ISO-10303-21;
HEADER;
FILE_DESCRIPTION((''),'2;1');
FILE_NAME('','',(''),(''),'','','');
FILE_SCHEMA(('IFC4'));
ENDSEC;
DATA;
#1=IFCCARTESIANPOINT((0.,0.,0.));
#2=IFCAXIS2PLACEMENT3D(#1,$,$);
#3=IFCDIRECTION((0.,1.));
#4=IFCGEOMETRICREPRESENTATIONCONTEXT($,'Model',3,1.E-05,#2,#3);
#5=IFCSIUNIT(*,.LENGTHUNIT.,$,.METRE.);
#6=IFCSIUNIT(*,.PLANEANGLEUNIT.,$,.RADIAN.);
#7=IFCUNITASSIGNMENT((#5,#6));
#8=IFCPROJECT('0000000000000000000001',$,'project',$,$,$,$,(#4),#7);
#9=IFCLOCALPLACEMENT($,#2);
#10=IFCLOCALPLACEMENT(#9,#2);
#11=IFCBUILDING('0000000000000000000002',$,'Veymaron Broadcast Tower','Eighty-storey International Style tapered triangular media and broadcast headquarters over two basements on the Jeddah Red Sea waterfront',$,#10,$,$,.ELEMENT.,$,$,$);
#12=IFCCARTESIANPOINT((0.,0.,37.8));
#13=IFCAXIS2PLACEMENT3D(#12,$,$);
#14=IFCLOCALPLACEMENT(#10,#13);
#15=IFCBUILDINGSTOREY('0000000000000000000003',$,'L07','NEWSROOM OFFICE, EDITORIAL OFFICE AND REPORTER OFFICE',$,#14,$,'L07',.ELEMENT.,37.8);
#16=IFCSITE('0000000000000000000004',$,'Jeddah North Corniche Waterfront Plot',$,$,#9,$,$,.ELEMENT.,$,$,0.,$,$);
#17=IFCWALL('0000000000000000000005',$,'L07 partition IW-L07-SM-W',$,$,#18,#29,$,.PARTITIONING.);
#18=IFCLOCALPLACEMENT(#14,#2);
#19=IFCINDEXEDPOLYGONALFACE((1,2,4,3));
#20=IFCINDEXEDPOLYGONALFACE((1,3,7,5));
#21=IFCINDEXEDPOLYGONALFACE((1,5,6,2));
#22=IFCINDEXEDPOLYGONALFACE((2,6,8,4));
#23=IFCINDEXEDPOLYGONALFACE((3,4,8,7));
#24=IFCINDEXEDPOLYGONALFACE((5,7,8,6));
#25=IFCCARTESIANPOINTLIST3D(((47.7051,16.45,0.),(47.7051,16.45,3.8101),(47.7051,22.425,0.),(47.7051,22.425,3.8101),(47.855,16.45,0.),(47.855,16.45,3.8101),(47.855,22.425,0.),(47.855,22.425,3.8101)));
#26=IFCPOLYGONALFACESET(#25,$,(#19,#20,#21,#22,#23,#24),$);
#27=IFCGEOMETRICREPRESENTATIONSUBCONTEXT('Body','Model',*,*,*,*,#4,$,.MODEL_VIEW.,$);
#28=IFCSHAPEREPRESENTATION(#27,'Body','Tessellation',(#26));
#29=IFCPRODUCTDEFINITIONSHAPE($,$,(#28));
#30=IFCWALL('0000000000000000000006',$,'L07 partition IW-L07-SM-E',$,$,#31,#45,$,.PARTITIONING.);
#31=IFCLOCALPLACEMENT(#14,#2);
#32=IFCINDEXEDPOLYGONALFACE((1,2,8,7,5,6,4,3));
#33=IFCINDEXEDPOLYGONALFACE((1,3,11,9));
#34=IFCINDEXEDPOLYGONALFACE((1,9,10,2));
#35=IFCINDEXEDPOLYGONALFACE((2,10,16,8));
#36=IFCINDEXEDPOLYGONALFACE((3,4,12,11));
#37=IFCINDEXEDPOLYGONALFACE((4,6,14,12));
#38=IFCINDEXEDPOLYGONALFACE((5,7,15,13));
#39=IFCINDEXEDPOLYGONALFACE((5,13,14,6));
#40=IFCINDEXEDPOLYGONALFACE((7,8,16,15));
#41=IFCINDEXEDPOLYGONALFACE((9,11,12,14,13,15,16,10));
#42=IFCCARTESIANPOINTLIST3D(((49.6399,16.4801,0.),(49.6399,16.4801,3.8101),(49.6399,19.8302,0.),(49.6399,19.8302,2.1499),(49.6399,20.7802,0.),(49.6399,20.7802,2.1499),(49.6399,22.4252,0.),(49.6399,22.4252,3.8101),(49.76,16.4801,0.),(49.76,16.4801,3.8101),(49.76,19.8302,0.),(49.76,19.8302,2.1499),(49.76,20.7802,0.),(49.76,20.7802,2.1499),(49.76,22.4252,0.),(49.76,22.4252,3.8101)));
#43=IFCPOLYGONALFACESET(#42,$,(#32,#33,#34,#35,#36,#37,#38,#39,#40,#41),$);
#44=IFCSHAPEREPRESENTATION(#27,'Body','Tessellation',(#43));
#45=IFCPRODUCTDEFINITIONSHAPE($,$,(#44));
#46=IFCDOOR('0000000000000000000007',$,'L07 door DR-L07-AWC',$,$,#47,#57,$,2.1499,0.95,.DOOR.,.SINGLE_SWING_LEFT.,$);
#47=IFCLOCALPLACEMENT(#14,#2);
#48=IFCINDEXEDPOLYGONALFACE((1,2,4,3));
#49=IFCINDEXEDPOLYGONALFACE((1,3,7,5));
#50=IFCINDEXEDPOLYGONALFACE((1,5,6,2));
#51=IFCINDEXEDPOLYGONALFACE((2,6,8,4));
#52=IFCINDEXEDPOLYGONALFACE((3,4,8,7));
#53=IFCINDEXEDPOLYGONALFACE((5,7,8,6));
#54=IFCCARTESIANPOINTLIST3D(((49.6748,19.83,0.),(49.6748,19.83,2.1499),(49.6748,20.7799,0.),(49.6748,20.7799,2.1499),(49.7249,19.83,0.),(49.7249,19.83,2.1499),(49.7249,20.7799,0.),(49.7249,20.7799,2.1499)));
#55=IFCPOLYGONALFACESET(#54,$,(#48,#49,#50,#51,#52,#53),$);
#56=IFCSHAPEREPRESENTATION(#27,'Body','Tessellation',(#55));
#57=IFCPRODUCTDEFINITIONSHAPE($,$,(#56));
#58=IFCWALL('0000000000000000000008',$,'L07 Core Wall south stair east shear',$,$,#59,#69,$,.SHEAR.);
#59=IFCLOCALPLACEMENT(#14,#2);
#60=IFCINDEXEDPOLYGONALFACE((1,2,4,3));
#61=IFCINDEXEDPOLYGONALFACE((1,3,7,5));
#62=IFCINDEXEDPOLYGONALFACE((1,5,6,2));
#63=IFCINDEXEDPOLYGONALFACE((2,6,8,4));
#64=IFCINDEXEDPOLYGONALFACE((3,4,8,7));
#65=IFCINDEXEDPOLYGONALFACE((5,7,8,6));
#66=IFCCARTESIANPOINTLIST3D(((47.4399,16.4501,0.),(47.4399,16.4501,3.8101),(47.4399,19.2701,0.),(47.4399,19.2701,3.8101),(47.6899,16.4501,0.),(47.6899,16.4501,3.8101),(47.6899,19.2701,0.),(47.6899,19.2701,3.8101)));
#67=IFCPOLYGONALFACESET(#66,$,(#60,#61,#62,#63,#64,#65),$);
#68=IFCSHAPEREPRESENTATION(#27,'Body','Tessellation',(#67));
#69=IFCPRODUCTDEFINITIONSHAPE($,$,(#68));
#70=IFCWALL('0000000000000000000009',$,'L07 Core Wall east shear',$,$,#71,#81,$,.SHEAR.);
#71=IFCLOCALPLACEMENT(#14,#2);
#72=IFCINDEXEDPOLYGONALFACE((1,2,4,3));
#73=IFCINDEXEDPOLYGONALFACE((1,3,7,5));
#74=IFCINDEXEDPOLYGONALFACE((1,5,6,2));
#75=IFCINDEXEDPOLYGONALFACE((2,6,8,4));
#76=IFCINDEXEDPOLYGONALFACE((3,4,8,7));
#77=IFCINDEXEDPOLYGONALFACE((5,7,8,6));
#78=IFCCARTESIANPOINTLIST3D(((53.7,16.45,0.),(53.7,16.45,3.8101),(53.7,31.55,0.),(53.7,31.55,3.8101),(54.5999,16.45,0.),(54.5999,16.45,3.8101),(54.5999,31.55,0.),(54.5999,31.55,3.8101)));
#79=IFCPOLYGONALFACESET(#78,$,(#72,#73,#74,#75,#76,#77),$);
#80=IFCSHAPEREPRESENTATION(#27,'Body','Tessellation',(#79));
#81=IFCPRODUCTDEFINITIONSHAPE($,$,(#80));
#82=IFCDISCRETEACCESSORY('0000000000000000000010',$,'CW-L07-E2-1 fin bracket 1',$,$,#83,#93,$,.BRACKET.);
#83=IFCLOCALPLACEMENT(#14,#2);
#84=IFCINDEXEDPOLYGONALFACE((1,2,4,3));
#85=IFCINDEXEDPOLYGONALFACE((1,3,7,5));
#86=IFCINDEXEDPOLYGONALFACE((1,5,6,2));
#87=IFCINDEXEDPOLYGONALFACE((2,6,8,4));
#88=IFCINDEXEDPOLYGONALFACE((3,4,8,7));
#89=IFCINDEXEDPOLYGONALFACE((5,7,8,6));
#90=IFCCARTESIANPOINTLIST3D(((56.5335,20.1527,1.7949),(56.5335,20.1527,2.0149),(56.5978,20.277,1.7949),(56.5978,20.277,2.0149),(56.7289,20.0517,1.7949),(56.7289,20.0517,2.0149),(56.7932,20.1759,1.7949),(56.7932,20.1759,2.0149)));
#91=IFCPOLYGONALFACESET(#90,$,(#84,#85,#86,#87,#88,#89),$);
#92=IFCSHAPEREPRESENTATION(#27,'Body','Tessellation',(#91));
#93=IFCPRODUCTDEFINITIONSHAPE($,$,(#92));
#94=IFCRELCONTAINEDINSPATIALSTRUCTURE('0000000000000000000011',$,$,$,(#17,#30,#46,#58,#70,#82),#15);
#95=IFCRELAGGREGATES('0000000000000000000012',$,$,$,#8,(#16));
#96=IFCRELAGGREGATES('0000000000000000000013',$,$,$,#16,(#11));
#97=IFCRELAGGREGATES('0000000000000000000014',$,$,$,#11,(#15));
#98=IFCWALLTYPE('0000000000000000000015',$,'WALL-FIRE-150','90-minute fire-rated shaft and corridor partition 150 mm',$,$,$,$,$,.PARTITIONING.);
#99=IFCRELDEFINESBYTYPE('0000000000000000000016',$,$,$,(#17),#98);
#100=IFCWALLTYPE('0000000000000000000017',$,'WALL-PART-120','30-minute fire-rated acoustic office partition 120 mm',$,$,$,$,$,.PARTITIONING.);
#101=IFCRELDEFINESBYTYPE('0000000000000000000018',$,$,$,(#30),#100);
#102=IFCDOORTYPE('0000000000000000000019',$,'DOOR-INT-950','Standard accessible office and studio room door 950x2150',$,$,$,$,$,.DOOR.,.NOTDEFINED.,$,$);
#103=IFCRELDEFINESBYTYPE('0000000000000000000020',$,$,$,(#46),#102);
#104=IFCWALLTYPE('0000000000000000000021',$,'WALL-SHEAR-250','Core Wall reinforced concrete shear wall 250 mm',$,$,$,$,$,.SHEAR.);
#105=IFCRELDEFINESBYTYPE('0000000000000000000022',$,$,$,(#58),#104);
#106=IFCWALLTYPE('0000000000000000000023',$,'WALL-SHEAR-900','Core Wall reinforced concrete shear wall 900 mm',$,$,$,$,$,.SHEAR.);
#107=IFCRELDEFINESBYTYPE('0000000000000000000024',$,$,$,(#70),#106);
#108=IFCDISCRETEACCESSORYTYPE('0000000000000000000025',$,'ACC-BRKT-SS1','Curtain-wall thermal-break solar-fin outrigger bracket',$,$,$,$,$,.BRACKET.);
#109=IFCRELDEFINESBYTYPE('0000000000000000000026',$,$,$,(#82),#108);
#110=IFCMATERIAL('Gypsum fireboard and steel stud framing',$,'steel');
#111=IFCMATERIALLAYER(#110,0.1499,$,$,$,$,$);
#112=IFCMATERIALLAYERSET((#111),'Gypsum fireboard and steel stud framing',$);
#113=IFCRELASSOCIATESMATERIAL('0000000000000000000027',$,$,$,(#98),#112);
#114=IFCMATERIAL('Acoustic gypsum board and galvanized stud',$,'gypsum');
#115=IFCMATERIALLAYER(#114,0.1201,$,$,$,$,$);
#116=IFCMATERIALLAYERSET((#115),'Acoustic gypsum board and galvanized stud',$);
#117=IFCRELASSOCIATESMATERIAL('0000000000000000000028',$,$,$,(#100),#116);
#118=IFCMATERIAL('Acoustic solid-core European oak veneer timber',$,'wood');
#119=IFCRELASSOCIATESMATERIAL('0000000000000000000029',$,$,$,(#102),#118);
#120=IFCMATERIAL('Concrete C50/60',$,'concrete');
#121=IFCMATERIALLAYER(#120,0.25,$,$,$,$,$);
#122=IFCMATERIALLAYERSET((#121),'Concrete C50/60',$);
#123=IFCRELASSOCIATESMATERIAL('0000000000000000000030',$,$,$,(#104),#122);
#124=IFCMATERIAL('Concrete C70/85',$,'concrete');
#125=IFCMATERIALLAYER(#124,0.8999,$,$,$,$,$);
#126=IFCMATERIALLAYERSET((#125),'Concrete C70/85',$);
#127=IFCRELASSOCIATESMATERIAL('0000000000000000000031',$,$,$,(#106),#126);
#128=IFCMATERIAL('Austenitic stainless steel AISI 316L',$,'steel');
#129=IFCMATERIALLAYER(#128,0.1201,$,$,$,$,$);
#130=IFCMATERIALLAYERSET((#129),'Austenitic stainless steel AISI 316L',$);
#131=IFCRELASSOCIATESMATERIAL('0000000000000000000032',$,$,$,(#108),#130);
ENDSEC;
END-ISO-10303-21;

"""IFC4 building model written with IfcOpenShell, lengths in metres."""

from ifc_helpers import new_model, si_unit, direction, frame, frame_2d, origin, origin_2d, place, context, subcontext, project, spatial, rectangle, extrude, material, layer, layer_set, type_object, element, fill, save


model = new_model("IFC4")

# Units and contexts
model_context = context("Model", 3, precision=1e-05, world=origin(), true_north=direction((0.0, 1.0)))
body_context = subcontext(model_context, "Body", "Model", "MODEL_VIEW")
ifc_project = project(units=[si_unit("LENGTHUNIT", "METRE"), si_unit("PLANEANGLEUNIT", "RADIAN")], contexts=[model_context])

# Site, building, storey
site_placement = place(None, origin())
site = spatial("IfcSite", under=ifc_project, at=site_placement, Name="Jeddah North Corniche Waterfront Plot", CompositionType="ELEMENT", RefElevation=0.0)
building_placement = place(site_placement, origin())
building = spatial("IfcBuilding", under=site, at=building_placement, Name="Veymaron Broadcast Tower", Description="Eighty-storey International Style tapered triangular media and broadcast headquarters over two basements on the Jeddah Red Sea waterfront", CompositionType="ELEMENT")
storey_placement = place(building_placement, frame((0.0, 0.0, 37.8)))
storey = spatial("IfcBuildingStorey", under=building, at=storey_placement, Name="L07", Description="NEWSROOM OFFICE, EDITORIAL OFFICE AND REPORTER OFFICE", LongName="L07", CompositionType="ELEMENT", Elevation=37.8)

# Shared definitions
ifc_material_1 = material(Name="Gypsum fireboard and steel stud framing", Category="steel")
ifc_layer_1 = layer(ifc_material_1, 0.1499)
ifc_layer_set_1 = layer_set([ifc_layer_1], Name="Gypsum fireboard and steel stud framing")
wall_type_1 = type_object("IfcWallType", Name="WALL-FIRE-150", Description="90-minute fire-rated shaft and corridor partition 150 mm", PredefinedType="PARTITIONING", material=ifc_layer_set_1)

# Wall
wall_1_placement = place(storey_placement, frame((47.78, 16.45, 0.0), z_axis=(0.0, 0.0, 1.0), x_axis=(0.0, 1.0, 0.0)))
element("IfcWall", 1, at=wall_1_placement, inside=storey, type_object=wall_type_1, Name="L07 partition IW-L07-SM-W", PredefinedType="PARTITIONING", context=body_context, shape_type="SweptSolid", body=[
    extrude(rectangle(XDim=5.9751, YDim=0.1499, at=frame_2d((2.9875, 0.0))), origin(), (0.0, 0.0, 1.0), 3.8101),
])

# Wall, opening, door
ifc_material_2 = material(Name="Acoustic gypsum board and galvanized stud", Category="gypsum")
ifc_layer_2 = layer(ifc_material_2, 0.1201)
ifc_layer_set_2 = layer_set([ifc_layer_2], Name="Acoustic gypsum board and galvanized stud")
wall_type_2 = type_object("IfcWallType", Name="WALL-PART-120", Description="30-minute fire-rated acoustic office partition 120 mm", PredefinedType="PARTITIONING", material=ifc_layer_set_2)
wall_2_placement = place(storey_placement, frame((49.7, 16.48, 0.0), z_axis=(0.0, 0.0, 1.0), x_axis=(0.0, 1.0, 0.0)))
wall_2 = element("IfcWall", 2, at=wall_2_placement, inside=storey, type_object=wall_type_2, Name="L07 partition IW-L07-SM-E", PredefinedType="PARTITIONING", context=body_context, shape_type="SweptSolid", body=[
    extrude(rectangle(XDim=5.9451, YDim=0.1201, at=frame_2d((2.9727, 0.0))), origin(), (0.0, 0.0, 1.0), 3.8101),
])
opening_1_placement = place(wall_2_placement, frame((3.3501, 0.0, 0.0)))
opening_1 = element("IfcOpeningElement", 3, at=opening_1_placement, cuts=wall_2, PredefinedType="OPENING", context=body_context, shape_type="SweptSolid", body=[
    extrude(rectangle(XDim=0.95, YDim=2.1499, at=frame_2d((0.4751, 1.075))), frame((0.0, 0.0701, 0.0), z_axis=(0.0, -1.0, 0.0), x_axis=(1.0, 0.0, 0.0)), (0.0, 0.0, 1.0), 0.1401),
])
ifc_material_3 = material(Name="Acoustic solid-core European oak veneer timber", Category="wood")
door_type_1 = type_object("IfcDoorType", Name="DOOR-INT-950", Description="Standard accessible office and studio room door 950x2150", OperationType="NOTDEFINED", PredefinedType="DOOR", material=ifc_material_3)
door_1_placement = place(opening_1_placement, frame((0.95, 0.0, 0.0), z_axis=(0.0, 0.0, 1.0), x_axis=(-1.0, 0.0, 0.0)))
door_1 = element("IfcDoor", 4, at=door_1_placement, inside=storey, type_object=door_type_1, Name="L07 door DR-L07-AWC", OperationType="SINGLE_SWING_LEFT", OverallHeight=2.1499, OverallWidth=0.95, PredefinedType="DOOR", context=body_context, shape_type="SweptSolid", body=[
    extrude(rectangle(XDim=0.95, YDim=2.1499, at=frame_2d((0.4751, 1.075))), frame((0.0, 0.0249, 0.0), z_axis=(0.0, -1.0, 0.0), x_axis=(1.0, 0.0, 0.0)), (0.0, 0.0, 1.0), 0.05),
])
fill(opening_1, door_1)

# Walls
ifc_material_4 = material(Name="Concrete C50/60", Category="concrete")
ifc_layer_3 = layer(ifc_material_4, 0.25)
ifc_layer_set_3 = layer_set([ifc_layer_3], Name="Concrete C50/60")
wall_type_3 = type_object("IfcWallType", Name="WALL-SHEAR-250", Description="Core Wall reinforced concrete shear wall 250 mm", PredefinedType="SHEAR", material=ifc_layer_set_3)
wall_3_placement = place(storey_placement, frame((47.5649, 16.45, 0.0), z_axis=(0.0, 0.0, 1.0), x_axis=(0.0, 1.0, 0.0)))
element("IfcWall", 5, at=wall_3_placement, inside=storey, type_object=wall_type_3, Name="L07 Core Wall south stair east shear", PredefinedType="SHEAR", context=body_context, shape_type="SweptSolid", body=[
    extrude(rectangle(XDim=2.8201, YDim=0.25, at=frame_2d((1.4102, 0.0))), origin(), (0.0, 0.0, 1.0), 3.8101),
])
ifc_material_5 = material(Name="Concrete C70/85", Category="concrete")
ifc_layer_4 = layer(ifc_material_5, 0.8999)
ifc_layer_set_4 = layer_set([ifc_layer_4], Name="Concrete C70/85")
wall_type_4 = type_object("IfcWallType", Name="WALL-SHEAR-900", Description="Core Wall reinforced concrete shear wall 900 mm", PredefinedType="SHEAR", material=ifc_layer_set_4)
wall_4_placement = place(storey_placement, frame((54.1499, 16.45, 0.0), z_axis=(0.0, 0.0, 1.0), x_axis=(0.0, 1.0, 0.0)))
element("IfcWall", 6, at=wall_4_placement, inside=storey, type_object=wall_type_4, Name="L07 Core Wall east shear", PredefinedType="SHEAR", context=body_context, shape_type="SweptSolid", body=[
    extrude(rectangle(XDim=15.1001, YDim=0.8999, at=frame_2d((7.55, 0.0))), origin(), (0.0, 0.0, 1.0), 3.8101),
])

# Discrete accessory
ifc_material_6 = material(Name="Austenitic stainless steel AISI 316L", Category="steel")
ifc_layer_5 = layer(ifc_material_6, 0.1201)
ifc_layer_set_5 = layer_set([ifc_layer_5], Name="Austenitic stainless steel AISI 316L")
discrete_accessory_type = type_object("IfcDiscreteAccessoryType", Name="ACC-BRKT-SS1", Description="Curtain-wall thermal-break solar-fin outrigger bracket", PredefinedType="BRACKET", material=ifc_layer_set_5)
discrete_accessory_placement = place(storey_placement, frame((56.6633, 20.1643, 1.7949), z_axis=(0.0, 0.0, 1.0), x_axis=(0.888265, -0.459332, 0.0)))
element("IfcDiscreteAccessory", 7, at=discrete_accessory_placement, inside=storey, type_object=discrete_accessory_type, Name="CW-L07-E2-1 fin bracket 1", PredefinedType="BRACKET", context=body_context, shape_type="SweptSolid", body=[
    extrude(rectangle(XDim=0.22, YDim=0.1399, at=origin_2d()), origin(), (0.0, 0.0, 1.0), 0.22),
])

save(model, "model.ifc")
